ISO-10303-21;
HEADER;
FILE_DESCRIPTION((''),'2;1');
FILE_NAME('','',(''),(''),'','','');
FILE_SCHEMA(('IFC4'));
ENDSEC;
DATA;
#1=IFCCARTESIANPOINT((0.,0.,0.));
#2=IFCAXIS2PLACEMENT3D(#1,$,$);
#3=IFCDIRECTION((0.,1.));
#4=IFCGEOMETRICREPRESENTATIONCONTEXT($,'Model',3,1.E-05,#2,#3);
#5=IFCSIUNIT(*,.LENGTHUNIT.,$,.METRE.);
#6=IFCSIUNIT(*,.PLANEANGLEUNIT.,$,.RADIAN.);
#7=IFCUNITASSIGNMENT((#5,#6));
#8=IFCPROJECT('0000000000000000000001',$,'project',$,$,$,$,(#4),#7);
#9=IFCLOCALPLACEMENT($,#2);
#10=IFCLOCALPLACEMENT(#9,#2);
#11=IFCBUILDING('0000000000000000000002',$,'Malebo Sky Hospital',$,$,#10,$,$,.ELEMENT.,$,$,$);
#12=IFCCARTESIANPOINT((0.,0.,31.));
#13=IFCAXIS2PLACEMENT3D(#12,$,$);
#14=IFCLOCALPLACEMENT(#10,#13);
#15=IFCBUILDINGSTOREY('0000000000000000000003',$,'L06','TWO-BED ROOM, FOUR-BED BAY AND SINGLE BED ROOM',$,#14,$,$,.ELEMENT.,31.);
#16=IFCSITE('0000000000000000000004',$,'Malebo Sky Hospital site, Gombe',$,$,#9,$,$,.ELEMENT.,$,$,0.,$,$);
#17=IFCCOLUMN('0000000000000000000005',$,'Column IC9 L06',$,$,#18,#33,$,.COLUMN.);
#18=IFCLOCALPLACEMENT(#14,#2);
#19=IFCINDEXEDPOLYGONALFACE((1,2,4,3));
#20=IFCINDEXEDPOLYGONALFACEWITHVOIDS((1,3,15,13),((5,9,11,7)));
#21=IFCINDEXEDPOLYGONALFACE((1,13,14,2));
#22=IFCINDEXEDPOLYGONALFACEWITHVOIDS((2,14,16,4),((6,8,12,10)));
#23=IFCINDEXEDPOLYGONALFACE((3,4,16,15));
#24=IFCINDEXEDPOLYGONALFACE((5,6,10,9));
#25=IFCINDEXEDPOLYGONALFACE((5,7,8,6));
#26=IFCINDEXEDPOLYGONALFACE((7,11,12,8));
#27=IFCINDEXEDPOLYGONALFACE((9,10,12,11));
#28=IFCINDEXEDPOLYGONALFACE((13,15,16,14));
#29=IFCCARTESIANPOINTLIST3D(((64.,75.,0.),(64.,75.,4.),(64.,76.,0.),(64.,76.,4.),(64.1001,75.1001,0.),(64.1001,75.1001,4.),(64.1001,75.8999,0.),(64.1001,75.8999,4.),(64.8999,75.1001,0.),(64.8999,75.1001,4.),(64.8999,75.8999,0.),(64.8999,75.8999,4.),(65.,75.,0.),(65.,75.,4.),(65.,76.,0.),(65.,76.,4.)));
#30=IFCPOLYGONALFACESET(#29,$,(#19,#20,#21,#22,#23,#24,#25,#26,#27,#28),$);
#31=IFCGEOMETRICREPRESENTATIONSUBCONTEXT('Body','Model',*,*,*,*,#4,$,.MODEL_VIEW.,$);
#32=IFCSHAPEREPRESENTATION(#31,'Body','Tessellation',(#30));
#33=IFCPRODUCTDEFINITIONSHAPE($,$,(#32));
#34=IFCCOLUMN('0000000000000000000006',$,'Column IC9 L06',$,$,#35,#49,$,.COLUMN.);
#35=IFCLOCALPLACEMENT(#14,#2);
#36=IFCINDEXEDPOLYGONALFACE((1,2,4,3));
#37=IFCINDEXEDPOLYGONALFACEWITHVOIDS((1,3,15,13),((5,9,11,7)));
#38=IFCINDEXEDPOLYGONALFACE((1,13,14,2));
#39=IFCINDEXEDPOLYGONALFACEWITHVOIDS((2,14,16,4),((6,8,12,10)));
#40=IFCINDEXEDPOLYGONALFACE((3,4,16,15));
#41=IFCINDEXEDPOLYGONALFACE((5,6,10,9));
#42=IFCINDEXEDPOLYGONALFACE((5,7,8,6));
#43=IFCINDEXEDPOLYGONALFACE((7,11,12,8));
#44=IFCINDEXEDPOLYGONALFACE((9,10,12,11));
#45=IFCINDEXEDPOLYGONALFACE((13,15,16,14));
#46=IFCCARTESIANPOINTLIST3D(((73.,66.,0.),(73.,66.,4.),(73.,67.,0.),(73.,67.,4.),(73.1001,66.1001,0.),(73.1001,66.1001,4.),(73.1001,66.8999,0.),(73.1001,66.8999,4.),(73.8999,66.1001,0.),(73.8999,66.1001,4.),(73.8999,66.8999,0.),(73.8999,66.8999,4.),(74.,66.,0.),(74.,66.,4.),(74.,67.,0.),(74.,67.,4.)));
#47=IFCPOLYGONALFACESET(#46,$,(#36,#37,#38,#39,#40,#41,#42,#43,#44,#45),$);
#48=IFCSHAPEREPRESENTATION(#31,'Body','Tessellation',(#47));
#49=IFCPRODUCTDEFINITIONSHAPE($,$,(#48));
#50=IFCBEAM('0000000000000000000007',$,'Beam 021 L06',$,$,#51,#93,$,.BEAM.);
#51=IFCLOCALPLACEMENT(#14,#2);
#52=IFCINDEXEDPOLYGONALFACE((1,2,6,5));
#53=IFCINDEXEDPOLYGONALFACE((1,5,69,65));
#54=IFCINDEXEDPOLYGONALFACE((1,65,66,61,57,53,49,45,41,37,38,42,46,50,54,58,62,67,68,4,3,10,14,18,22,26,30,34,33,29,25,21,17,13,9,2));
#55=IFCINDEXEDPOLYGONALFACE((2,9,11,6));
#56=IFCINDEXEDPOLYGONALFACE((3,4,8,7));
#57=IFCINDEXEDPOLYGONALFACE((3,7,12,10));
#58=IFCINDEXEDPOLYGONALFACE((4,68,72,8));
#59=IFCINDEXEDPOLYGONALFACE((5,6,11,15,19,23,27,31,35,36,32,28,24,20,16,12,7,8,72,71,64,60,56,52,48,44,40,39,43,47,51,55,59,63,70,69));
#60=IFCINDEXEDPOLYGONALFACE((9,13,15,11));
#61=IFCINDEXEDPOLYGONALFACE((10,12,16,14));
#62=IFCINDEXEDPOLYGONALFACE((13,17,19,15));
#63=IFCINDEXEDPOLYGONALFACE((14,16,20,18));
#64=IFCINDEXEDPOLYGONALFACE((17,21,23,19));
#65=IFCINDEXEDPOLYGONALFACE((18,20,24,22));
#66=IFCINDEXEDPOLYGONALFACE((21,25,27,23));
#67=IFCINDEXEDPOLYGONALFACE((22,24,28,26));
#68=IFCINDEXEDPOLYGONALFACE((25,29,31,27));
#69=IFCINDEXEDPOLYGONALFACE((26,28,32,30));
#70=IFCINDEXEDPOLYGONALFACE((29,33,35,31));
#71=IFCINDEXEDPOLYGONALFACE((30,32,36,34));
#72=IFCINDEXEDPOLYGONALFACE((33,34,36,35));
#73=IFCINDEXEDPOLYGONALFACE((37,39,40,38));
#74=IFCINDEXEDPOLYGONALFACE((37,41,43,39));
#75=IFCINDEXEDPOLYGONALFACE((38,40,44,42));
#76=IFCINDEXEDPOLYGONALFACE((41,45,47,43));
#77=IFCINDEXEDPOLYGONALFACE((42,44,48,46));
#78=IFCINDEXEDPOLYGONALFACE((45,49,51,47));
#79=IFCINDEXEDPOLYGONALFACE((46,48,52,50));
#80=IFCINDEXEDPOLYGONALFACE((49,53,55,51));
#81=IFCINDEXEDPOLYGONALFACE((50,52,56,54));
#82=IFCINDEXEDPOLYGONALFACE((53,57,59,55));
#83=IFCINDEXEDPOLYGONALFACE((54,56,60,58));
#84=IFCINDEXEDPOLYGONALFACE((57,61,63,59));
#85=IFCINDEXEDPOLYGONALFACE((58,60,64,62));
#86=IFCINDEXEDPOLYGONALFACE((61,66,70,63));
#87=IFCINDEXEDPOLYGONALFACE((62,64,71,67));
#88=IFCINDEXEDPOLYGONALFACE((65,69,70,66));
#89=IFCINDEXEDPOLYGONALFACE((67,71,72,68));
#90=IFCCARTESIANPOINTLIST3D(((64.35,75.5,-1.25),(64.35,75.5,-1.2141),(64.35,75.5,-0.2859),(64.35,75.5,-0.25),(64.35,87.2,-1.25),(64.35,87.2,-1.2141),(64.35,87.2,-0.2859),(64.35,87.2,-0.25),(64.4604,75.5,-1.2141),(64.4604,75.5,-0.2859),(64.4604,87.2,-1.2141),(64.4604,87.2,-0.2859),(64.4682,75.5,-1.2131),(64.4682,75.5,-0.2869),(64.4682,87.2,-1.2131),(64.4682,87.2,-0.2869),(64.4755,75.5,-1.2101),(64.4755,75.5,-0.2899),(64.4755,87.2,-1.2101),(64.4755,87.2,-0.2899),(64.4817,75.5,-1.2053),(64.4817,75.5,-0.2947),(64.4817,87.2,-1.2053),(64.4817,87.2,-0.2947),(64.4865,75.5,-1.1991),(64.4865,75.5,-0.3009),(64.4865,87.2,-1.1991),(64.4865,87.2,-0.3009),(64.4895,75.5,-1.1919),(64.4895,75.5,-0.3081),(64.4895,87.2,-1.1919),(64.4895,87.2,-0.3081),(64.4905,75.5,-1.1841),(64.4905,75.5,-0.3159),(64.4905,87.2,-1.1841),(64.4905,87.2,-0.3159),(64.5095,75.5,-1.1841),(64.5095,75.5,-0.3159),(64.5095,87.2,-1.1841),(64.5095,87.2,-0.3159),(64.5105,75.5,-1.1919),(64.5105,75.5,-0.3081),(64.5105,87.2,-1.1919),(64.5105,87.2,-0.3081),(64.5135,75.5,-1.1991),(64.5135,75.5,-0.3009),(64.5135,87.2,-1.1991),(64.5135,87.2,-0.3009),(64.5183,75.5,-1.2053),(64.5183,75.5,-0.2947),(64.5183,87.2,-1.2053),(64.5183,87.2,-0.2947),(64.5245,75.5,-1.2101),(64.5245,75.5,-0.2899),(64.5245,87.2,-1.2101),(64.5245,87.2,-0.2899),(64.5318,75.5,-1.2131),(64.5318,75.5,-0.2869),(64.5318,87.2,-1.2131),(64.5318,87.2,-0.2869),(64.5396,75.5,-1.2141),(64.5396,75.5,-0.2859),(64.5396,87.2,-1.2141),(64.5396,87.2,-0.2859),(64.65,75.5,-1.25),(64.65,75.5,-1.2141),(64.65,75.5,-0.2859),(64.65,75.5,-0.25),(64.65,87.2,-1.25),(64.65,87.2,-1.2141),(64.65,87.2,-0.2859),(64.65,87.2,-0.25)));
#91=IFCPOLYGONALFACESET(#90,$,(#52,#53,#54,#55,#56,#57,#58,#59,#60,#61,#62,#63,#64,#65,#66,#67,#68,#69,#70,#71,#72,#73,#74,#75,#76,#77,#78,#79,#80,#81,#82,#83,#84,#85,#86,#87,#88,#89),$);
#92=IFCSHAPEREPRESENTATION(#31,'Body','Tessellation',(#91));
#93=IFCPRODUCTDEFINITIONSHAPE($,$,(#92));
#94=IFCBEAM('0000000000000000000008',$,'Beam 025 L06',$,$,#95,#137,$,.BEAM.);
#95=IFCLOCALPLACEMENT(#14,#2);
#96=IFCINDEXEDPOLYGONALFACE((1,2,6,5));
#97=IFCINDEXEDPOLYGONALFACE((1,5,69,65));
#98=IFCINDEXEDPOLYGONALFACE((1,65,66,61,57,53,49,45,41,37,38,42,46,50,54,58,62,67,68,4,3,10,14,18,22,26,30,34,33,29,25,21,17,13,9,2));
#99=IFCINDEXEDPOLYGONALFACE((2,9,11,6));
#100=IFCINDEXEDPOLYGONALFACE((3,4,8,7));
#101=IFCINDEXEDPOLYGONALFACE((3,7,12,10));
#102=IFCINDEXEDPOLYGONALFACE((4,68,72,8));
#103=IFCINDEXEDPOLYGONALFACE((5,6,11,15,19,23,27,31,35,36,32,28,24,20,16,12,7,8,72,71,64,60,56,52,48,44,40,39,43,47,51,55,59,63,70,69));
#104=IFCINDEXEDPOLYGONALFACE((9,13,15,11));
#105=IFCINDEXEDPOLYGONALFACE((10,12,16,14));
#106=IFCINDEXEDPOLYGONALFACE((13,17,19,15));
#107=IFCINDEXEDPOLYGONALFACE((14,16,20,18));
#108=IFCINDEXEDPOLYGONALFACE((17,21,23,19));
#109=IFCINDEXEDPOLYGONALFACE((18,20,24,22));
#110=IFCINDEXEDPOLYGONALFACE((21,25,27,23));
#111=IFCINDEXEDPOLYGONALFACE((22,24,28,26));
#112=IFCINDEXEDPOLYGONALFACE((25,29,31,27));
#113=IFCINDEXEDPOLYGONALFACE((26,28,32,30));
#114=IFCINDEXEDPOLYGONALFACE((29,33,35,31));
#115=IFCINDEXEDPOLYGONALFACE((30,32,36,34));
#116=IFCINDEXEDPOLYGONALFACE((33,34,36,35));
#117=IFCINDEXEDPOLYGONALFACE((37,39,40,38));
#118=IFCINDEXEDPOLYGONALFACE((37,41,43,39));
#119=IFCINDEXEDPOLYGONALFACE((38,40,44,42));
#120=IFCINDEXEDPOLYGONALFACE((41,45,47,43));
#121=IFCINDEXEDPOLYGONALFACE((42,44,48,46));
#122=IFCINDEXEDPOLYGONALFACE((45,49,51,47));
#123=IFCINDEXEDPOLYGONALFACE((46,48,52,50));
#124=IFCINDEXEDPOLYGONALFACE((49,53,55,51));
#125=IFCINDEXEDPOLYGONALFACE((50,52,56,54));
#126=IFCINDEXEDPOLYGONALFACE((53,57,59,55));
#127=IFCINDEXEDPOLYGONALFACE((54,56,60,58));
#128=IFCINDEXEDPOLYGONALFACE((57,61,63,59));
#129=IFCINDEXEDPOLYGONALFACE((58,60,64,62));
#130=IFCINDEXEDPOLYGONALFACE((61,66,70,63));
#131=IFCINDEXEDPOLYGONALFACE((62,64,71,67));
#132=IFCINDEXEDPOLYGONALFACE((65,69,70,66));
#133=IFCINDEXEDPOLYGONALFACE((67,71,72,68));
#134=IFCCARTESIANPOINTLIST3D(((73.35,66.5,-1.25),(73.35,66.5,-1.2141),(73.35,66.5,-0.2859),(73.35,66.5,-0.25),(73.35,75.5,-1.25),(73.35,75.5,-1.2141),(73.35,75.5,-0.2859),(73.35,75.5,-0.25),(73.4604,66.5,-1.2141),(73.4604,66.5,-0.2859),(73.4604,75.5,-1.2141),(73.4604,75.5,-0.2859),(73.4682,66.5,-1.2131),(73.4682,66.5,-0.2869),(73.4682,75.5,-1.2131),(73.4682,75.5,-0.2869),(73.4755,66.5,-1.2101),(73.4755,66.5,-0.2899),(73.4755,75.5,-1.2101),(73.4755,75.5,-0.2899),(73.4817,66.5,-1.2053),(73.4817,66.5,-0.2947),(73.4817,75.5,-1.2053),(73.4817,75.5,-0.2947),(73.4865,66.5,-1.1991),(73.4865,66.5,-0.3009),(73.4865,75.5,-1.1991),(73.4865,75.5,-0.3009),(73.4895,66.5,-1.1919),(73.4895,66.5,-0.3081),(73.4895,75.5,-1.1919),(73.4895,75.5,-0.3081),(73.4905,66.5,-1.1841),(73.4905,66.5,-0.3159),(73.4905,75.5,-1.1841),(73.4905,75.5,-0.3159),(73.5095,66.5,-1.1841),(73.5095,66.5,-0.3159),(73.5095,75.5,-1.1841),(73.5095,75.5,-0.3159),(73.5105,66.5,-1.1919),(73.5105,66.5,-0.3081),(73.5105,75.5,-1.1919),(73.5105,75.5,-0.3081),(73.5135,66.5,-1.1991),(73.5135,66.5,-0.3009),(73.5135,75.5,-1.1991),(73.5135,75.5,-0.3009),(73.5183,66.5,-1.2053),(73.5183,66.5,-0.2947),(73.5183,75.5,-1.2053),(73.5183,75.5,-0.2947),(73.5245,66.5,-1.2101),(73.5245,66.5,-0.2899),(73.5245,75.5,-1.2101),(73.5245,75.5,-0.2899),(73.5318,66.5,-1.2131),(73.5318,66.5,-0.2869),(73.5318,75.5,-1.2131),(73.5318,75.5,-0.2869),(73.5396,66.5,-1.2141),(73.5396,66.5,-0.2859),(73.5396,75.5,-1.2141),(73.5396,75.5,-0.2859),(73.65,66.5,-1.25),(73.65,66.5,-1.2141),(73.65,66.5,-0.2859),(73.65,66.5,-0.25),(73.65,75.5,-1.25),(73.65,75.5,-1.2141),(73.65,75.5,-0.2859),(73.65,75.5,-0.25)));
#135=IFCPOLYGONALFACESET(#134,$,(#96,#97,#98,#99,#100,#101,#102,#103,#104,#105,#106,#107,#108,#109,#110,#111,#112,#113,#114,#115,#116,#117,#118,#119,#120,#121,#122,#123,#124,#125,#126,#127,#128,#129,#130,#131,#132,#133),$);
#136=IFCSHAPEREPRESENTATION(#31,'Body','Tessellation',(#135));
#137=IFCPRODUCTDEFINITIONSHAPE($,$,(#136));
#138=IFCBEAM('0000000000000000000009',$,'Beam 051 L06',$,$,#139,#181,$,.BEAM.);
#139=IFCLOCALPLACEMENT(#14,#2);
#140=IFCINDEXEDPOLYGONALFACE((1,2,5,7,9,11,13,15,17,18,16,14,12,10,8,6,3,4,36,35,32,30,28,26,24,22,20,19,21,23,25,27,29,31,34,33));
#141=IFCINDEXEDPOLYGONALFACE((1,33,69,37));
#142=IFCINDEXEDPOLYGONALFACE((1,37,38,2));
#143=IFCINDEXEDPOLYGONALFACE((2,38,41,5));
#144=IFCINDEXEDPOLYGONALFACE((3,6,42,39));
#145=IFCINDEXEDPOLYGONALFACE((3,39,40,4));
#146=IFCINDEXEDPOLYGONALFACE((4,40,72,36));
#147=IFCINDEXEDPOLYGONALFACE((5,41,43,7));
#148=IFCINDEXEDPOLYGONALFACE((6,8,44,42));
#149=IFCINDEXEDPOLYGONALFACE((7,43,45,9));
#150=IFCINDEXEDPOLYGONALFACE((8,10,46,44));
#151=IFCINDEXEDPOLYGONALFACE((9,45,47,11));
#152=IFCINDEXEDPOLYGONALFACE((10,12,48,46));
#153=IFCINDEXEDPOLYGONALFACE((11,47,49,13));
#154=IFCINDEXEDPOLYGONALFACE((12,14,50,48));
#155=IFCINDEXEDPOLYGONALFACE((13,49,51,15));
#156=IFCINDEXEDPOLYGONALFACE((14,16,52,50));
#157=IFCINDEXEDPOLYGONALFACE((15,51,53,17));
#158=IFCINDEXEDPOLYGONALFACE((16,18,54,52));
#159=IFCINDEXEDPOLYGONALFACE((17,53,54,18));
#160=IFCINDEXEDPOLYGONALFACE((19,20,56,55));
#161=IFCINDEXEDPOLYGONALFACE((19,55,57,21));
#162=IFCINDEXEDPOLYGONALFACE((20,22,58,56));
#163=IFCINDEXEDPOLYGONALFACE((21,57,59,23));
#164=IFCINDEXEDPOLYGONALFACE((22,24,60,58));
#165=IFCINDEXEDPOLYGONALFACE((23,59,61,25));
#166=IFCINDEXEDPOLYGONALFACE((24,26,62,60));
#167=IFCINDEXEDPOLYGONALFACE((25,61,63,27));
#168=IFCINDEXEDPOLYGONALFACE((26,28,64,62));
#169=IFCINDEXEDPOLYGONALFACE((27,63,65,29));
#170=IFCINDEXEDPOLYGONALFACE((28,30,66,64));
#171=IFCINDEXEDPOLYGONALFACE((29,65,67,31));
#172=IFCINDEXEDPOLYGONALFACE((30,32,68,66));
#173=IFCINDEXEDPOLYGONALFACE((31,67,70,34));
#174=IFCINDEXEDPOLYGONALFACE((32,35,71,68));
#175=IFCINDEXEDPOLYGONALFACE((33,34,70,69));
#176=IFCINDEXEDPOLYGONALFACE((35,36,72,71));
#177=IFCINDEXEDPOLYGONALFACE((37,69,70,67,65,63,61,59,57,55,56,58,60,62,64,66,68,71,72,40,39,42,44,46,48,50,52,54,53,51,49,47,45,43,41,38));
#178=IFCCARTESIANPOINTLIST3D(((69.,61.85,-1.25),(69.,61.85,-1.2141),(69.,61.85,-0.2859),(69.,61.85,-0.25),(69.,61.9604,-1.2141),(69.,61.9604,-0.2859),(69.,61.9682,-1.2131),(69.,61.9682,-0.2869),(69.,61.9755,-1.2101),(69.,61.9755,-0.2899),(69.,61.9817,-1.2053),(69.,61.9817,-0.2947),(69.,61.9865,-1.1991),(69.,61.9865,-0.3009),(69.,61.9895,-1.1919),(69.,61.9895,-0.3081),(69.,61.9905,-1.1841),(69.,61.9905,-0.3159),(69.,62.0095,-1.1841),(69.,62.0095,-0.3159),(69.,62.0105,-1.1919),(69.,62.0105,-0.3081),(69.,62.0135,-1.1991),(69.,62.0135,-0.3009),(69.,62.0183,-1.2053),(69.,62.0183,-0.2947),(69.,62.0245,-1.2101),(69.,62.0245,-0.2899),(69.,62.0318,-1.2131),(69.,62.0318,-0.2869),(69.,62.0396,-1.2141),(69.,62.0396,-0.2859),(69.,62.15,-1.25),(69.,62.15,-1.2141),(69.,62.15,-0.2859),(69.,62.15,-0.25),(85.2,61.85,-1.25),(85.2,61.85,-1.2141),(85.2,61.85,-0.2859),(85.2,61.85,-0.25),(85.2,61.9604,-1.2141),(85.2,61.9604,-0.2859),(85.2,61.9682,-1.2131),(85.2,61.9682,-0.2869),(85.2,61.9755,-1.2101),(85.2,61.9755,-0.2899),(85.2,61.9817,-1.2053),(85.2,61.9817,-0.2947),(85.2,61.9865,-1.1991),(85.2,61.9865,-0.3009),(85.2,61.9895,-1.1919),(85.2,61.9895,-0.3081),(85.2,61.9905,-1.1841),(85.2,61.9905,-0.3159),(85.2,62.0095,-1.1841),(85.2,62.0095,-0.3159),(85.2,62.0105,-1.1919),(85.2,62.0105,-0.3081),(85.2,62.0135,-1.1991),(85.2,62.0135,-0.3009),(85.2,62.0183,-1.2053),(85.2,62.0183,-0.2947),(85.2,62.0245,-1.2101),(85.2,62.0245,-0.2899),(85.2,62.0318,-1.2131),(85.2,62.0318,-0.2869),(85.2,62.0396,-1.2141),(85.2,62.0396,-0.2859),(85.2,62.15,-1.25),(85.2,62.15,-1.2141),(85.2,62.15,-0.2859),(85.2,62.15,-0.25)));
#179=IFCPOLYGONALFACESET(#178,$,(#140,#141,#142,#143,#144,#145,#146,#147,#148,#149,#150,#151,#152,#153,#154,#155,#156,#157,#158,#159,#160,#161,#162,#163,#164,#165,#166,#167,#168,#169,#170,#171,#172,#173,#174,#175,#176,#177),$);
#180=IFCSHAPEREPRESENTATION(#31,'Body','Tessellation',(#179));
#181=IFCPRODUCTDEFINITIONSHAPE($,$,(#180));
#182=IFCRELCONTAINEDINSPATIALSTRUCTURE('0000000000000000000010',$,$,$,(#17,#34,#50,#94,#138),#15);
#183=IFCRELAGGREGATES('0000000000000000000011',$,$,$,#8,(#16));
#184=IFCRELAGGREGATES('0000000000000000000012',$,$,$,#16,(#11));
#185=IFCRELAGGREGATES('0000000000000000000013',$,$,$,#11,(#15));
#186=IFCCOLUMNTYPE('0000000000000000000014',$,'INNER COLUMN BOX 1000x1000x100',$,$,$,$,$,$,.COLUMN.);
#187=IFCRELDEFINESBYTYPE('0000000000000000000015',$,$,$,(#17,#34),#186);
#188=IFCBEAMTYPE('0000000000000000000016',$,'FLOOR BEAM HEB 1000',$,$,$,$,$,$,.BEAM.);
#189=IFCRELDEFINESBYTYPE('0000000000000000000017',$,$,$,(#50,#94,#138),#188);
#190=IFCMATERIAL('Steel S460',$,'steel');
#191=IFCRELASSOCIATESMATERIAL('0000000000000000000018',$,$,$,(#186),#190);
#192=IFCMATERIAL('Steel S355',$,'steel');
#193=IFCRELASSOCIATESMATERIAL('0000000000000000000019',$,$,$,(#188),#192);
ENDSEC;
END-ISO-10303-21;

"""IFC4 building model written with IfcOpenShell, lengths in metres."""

from ifc_helpers import new_model, si_unit, direction, frame, origin, origin_2d, place, context, subcontext, project, spatial, hollow_rectangle, i_section, extrude, material, material_profile, profile_set, type_object, element, save


model = new_model("IFC4")

# Units and contexts
model_context = context("Model", 3, precision=1e-05, world=origin(), true_north=direction((0.0, 1.0)))
body_context = subcontext(model_context, "Body", "Model", "MODEL_VIEW")
ifc_project = project(units=[si_unit("LENGTHUNIT", "METRE"), si_unit("PLANEANGLEUNIT", "RADIAN")], contexts=[model_context])

# Site, building, storey
site_placement = place(None, origin())
site = spatial("IfcSite", under=ifc_project, at=site_placement, Name="Malebo Sky Hospital site, Gombe", CompositionType="ELEMENT", RefElevation=0.0)
building_placement = place(site_placement, origin())
building = spatial("IfcBuilding", under=site, at=building_placement, Name="Malebo Sky Hospital", CompositionType="ELEMENT")
storey_placement = place(building_placement, frame((0.0, 0.0, 31.0)))
storey = spatial("IfcBuildingStorey", under=building, at=storey_placement, Name="L06", Description="TWO-BED ROOM, FOUR-BED BAY AND SINGLE BED ROOM", CompositionType="ELEMENT", Elevation=31.0)

# Columns
ifc_material_1 = material(Name="Steel S460", Category="steel")
ifc_material_profile_1 = material_profile(ifc_material_1, hollow_rectangle(XDim=1.0, YDim=1.0, WallThickness=0.1001, at=origin_2d()), Name="BOX 1000x1000x100")
ifc_profile_set_1 = profile_set([ifc_material_profile_1], Name="Steel S460")
column_type = type_object("IfcColumnType", Name="INNER COLUMN BOX 1000x1000x100", PredefinedType="COLUMN", material=ifc_profile_set_1)
for number, where, z_axis, x_axis, name in (
    (1, (64.5, 75.5, 0.0), (0.0, 0.0, 1.0), (1.0, 0.0, 0.0), "Column IC9 L06"),
    (2, (73.5, 66.5, 0.0), (0.0, 0.0, 1.0), (1.0, 0.0, 0.0), "Column IC9 L06"),
):
    element("IfcColumn", number, at=place(storey_placement, frame(where, z_axis=z_axis, x_axis=x_axis)), inside=storey, type_object=column_type, Name=name, PredefinedType="COLUMN", context=body_context, shape_type="SweptSolid", body=[
        extrude(hollow_rectangle(XDim=1.0, YDim=1.0, WallThickness=0.1001, at=origin_2d()), origin(), (0.0, 0.0, 1.0), 4.0),
    ])

# Beams
ifc_material_2 = material(Name="Steel S355", Category="steel")
ifc_material_profile_2 = material_profile(ifc_material_2, i_section(OverallWidth=0.3, OverallDepth=1.0, WebThickness=0.019, FlangeThickness=0.0359, FilletRadius=0.03, at=origin_2d()), Name="HEB 1000")
ifc_profile_set_2 = profile_set([ifc_material_profile_2], Name="Steel S355")
beam_type_1 = type_object("IfcBeamType", Name="FLOOR BEAM HEB 1000", PredefinedType="BEAM", material=ifc_profile_set_2)
beam_1_placement = place(storey_placement, frame((64.5, 75.5, -0.75), z_axis=(0.0, 1.0, 0.0), x_axis=(-1.0, 0.0, 0.0)))
element("IfcBeam", 3, at=beam_1_placement, inside=storey, type_object=beam_type_1, Name="Beam 021 L06", PredefinedType="BEAM", context=body_context, shape_type="SweptSolid", body=[
    extrude(i_section(OverallWidth=0.3, OverallDepth=1.0, WebThickness=0.019, FlangeThickness=0.0359, FilletRadius=0.03, at=origin_2d()), origin(), (0.0, 0.0, 1.0), 11.7),
])
beam_2_placement = place(storey_placement, frame((73.5, 66.5, -0.75), z_axis=(0.0, 1.0, 0.0), x_axis=(-1.0, 0.0, 0.0)))
element("IfcBeam", 4, at=beam_2_placement, inside=storey, type_object=beam_type_1, Name="Beam 025 L06", PredefinedType="BEAM", context=body_context, shape_type="SweptSolid", body=[
    extrude(i_section(OverallWidth=0.3, OverallDepth=1.0, WebThickness=0.019, FlangeThickness=0.0359, FilletRadius=0.03, at=origin_2d()), origin(), (0.0, 0.0, 1.0), 9.0),
])
beam_3_placement = place(storey_placement, frame((69.0, 62.0, -0.75), z_axis=(1.0, 0.0, 0.0), x_axis=(0.0, 1.0, 0.0)))
element("IfcBeam", 5, at=beam_3_placement, inside=storey, type_object=beam_type_1, Name="Beam 051 L06", PredefinedType="BEAM", context=body_context, shape_type="SweptSolid", body=[
    extrude(i_section(OverallWidth=0.3, OverallDepth=1.0, WebThickness=0.019, FlangeThickness=0.0359, FilletRadius=0.03, at=origin_2d()), origin(), (0.0, 0.0, 1.0), 16.2),
])

save(model, "model.ifc")
